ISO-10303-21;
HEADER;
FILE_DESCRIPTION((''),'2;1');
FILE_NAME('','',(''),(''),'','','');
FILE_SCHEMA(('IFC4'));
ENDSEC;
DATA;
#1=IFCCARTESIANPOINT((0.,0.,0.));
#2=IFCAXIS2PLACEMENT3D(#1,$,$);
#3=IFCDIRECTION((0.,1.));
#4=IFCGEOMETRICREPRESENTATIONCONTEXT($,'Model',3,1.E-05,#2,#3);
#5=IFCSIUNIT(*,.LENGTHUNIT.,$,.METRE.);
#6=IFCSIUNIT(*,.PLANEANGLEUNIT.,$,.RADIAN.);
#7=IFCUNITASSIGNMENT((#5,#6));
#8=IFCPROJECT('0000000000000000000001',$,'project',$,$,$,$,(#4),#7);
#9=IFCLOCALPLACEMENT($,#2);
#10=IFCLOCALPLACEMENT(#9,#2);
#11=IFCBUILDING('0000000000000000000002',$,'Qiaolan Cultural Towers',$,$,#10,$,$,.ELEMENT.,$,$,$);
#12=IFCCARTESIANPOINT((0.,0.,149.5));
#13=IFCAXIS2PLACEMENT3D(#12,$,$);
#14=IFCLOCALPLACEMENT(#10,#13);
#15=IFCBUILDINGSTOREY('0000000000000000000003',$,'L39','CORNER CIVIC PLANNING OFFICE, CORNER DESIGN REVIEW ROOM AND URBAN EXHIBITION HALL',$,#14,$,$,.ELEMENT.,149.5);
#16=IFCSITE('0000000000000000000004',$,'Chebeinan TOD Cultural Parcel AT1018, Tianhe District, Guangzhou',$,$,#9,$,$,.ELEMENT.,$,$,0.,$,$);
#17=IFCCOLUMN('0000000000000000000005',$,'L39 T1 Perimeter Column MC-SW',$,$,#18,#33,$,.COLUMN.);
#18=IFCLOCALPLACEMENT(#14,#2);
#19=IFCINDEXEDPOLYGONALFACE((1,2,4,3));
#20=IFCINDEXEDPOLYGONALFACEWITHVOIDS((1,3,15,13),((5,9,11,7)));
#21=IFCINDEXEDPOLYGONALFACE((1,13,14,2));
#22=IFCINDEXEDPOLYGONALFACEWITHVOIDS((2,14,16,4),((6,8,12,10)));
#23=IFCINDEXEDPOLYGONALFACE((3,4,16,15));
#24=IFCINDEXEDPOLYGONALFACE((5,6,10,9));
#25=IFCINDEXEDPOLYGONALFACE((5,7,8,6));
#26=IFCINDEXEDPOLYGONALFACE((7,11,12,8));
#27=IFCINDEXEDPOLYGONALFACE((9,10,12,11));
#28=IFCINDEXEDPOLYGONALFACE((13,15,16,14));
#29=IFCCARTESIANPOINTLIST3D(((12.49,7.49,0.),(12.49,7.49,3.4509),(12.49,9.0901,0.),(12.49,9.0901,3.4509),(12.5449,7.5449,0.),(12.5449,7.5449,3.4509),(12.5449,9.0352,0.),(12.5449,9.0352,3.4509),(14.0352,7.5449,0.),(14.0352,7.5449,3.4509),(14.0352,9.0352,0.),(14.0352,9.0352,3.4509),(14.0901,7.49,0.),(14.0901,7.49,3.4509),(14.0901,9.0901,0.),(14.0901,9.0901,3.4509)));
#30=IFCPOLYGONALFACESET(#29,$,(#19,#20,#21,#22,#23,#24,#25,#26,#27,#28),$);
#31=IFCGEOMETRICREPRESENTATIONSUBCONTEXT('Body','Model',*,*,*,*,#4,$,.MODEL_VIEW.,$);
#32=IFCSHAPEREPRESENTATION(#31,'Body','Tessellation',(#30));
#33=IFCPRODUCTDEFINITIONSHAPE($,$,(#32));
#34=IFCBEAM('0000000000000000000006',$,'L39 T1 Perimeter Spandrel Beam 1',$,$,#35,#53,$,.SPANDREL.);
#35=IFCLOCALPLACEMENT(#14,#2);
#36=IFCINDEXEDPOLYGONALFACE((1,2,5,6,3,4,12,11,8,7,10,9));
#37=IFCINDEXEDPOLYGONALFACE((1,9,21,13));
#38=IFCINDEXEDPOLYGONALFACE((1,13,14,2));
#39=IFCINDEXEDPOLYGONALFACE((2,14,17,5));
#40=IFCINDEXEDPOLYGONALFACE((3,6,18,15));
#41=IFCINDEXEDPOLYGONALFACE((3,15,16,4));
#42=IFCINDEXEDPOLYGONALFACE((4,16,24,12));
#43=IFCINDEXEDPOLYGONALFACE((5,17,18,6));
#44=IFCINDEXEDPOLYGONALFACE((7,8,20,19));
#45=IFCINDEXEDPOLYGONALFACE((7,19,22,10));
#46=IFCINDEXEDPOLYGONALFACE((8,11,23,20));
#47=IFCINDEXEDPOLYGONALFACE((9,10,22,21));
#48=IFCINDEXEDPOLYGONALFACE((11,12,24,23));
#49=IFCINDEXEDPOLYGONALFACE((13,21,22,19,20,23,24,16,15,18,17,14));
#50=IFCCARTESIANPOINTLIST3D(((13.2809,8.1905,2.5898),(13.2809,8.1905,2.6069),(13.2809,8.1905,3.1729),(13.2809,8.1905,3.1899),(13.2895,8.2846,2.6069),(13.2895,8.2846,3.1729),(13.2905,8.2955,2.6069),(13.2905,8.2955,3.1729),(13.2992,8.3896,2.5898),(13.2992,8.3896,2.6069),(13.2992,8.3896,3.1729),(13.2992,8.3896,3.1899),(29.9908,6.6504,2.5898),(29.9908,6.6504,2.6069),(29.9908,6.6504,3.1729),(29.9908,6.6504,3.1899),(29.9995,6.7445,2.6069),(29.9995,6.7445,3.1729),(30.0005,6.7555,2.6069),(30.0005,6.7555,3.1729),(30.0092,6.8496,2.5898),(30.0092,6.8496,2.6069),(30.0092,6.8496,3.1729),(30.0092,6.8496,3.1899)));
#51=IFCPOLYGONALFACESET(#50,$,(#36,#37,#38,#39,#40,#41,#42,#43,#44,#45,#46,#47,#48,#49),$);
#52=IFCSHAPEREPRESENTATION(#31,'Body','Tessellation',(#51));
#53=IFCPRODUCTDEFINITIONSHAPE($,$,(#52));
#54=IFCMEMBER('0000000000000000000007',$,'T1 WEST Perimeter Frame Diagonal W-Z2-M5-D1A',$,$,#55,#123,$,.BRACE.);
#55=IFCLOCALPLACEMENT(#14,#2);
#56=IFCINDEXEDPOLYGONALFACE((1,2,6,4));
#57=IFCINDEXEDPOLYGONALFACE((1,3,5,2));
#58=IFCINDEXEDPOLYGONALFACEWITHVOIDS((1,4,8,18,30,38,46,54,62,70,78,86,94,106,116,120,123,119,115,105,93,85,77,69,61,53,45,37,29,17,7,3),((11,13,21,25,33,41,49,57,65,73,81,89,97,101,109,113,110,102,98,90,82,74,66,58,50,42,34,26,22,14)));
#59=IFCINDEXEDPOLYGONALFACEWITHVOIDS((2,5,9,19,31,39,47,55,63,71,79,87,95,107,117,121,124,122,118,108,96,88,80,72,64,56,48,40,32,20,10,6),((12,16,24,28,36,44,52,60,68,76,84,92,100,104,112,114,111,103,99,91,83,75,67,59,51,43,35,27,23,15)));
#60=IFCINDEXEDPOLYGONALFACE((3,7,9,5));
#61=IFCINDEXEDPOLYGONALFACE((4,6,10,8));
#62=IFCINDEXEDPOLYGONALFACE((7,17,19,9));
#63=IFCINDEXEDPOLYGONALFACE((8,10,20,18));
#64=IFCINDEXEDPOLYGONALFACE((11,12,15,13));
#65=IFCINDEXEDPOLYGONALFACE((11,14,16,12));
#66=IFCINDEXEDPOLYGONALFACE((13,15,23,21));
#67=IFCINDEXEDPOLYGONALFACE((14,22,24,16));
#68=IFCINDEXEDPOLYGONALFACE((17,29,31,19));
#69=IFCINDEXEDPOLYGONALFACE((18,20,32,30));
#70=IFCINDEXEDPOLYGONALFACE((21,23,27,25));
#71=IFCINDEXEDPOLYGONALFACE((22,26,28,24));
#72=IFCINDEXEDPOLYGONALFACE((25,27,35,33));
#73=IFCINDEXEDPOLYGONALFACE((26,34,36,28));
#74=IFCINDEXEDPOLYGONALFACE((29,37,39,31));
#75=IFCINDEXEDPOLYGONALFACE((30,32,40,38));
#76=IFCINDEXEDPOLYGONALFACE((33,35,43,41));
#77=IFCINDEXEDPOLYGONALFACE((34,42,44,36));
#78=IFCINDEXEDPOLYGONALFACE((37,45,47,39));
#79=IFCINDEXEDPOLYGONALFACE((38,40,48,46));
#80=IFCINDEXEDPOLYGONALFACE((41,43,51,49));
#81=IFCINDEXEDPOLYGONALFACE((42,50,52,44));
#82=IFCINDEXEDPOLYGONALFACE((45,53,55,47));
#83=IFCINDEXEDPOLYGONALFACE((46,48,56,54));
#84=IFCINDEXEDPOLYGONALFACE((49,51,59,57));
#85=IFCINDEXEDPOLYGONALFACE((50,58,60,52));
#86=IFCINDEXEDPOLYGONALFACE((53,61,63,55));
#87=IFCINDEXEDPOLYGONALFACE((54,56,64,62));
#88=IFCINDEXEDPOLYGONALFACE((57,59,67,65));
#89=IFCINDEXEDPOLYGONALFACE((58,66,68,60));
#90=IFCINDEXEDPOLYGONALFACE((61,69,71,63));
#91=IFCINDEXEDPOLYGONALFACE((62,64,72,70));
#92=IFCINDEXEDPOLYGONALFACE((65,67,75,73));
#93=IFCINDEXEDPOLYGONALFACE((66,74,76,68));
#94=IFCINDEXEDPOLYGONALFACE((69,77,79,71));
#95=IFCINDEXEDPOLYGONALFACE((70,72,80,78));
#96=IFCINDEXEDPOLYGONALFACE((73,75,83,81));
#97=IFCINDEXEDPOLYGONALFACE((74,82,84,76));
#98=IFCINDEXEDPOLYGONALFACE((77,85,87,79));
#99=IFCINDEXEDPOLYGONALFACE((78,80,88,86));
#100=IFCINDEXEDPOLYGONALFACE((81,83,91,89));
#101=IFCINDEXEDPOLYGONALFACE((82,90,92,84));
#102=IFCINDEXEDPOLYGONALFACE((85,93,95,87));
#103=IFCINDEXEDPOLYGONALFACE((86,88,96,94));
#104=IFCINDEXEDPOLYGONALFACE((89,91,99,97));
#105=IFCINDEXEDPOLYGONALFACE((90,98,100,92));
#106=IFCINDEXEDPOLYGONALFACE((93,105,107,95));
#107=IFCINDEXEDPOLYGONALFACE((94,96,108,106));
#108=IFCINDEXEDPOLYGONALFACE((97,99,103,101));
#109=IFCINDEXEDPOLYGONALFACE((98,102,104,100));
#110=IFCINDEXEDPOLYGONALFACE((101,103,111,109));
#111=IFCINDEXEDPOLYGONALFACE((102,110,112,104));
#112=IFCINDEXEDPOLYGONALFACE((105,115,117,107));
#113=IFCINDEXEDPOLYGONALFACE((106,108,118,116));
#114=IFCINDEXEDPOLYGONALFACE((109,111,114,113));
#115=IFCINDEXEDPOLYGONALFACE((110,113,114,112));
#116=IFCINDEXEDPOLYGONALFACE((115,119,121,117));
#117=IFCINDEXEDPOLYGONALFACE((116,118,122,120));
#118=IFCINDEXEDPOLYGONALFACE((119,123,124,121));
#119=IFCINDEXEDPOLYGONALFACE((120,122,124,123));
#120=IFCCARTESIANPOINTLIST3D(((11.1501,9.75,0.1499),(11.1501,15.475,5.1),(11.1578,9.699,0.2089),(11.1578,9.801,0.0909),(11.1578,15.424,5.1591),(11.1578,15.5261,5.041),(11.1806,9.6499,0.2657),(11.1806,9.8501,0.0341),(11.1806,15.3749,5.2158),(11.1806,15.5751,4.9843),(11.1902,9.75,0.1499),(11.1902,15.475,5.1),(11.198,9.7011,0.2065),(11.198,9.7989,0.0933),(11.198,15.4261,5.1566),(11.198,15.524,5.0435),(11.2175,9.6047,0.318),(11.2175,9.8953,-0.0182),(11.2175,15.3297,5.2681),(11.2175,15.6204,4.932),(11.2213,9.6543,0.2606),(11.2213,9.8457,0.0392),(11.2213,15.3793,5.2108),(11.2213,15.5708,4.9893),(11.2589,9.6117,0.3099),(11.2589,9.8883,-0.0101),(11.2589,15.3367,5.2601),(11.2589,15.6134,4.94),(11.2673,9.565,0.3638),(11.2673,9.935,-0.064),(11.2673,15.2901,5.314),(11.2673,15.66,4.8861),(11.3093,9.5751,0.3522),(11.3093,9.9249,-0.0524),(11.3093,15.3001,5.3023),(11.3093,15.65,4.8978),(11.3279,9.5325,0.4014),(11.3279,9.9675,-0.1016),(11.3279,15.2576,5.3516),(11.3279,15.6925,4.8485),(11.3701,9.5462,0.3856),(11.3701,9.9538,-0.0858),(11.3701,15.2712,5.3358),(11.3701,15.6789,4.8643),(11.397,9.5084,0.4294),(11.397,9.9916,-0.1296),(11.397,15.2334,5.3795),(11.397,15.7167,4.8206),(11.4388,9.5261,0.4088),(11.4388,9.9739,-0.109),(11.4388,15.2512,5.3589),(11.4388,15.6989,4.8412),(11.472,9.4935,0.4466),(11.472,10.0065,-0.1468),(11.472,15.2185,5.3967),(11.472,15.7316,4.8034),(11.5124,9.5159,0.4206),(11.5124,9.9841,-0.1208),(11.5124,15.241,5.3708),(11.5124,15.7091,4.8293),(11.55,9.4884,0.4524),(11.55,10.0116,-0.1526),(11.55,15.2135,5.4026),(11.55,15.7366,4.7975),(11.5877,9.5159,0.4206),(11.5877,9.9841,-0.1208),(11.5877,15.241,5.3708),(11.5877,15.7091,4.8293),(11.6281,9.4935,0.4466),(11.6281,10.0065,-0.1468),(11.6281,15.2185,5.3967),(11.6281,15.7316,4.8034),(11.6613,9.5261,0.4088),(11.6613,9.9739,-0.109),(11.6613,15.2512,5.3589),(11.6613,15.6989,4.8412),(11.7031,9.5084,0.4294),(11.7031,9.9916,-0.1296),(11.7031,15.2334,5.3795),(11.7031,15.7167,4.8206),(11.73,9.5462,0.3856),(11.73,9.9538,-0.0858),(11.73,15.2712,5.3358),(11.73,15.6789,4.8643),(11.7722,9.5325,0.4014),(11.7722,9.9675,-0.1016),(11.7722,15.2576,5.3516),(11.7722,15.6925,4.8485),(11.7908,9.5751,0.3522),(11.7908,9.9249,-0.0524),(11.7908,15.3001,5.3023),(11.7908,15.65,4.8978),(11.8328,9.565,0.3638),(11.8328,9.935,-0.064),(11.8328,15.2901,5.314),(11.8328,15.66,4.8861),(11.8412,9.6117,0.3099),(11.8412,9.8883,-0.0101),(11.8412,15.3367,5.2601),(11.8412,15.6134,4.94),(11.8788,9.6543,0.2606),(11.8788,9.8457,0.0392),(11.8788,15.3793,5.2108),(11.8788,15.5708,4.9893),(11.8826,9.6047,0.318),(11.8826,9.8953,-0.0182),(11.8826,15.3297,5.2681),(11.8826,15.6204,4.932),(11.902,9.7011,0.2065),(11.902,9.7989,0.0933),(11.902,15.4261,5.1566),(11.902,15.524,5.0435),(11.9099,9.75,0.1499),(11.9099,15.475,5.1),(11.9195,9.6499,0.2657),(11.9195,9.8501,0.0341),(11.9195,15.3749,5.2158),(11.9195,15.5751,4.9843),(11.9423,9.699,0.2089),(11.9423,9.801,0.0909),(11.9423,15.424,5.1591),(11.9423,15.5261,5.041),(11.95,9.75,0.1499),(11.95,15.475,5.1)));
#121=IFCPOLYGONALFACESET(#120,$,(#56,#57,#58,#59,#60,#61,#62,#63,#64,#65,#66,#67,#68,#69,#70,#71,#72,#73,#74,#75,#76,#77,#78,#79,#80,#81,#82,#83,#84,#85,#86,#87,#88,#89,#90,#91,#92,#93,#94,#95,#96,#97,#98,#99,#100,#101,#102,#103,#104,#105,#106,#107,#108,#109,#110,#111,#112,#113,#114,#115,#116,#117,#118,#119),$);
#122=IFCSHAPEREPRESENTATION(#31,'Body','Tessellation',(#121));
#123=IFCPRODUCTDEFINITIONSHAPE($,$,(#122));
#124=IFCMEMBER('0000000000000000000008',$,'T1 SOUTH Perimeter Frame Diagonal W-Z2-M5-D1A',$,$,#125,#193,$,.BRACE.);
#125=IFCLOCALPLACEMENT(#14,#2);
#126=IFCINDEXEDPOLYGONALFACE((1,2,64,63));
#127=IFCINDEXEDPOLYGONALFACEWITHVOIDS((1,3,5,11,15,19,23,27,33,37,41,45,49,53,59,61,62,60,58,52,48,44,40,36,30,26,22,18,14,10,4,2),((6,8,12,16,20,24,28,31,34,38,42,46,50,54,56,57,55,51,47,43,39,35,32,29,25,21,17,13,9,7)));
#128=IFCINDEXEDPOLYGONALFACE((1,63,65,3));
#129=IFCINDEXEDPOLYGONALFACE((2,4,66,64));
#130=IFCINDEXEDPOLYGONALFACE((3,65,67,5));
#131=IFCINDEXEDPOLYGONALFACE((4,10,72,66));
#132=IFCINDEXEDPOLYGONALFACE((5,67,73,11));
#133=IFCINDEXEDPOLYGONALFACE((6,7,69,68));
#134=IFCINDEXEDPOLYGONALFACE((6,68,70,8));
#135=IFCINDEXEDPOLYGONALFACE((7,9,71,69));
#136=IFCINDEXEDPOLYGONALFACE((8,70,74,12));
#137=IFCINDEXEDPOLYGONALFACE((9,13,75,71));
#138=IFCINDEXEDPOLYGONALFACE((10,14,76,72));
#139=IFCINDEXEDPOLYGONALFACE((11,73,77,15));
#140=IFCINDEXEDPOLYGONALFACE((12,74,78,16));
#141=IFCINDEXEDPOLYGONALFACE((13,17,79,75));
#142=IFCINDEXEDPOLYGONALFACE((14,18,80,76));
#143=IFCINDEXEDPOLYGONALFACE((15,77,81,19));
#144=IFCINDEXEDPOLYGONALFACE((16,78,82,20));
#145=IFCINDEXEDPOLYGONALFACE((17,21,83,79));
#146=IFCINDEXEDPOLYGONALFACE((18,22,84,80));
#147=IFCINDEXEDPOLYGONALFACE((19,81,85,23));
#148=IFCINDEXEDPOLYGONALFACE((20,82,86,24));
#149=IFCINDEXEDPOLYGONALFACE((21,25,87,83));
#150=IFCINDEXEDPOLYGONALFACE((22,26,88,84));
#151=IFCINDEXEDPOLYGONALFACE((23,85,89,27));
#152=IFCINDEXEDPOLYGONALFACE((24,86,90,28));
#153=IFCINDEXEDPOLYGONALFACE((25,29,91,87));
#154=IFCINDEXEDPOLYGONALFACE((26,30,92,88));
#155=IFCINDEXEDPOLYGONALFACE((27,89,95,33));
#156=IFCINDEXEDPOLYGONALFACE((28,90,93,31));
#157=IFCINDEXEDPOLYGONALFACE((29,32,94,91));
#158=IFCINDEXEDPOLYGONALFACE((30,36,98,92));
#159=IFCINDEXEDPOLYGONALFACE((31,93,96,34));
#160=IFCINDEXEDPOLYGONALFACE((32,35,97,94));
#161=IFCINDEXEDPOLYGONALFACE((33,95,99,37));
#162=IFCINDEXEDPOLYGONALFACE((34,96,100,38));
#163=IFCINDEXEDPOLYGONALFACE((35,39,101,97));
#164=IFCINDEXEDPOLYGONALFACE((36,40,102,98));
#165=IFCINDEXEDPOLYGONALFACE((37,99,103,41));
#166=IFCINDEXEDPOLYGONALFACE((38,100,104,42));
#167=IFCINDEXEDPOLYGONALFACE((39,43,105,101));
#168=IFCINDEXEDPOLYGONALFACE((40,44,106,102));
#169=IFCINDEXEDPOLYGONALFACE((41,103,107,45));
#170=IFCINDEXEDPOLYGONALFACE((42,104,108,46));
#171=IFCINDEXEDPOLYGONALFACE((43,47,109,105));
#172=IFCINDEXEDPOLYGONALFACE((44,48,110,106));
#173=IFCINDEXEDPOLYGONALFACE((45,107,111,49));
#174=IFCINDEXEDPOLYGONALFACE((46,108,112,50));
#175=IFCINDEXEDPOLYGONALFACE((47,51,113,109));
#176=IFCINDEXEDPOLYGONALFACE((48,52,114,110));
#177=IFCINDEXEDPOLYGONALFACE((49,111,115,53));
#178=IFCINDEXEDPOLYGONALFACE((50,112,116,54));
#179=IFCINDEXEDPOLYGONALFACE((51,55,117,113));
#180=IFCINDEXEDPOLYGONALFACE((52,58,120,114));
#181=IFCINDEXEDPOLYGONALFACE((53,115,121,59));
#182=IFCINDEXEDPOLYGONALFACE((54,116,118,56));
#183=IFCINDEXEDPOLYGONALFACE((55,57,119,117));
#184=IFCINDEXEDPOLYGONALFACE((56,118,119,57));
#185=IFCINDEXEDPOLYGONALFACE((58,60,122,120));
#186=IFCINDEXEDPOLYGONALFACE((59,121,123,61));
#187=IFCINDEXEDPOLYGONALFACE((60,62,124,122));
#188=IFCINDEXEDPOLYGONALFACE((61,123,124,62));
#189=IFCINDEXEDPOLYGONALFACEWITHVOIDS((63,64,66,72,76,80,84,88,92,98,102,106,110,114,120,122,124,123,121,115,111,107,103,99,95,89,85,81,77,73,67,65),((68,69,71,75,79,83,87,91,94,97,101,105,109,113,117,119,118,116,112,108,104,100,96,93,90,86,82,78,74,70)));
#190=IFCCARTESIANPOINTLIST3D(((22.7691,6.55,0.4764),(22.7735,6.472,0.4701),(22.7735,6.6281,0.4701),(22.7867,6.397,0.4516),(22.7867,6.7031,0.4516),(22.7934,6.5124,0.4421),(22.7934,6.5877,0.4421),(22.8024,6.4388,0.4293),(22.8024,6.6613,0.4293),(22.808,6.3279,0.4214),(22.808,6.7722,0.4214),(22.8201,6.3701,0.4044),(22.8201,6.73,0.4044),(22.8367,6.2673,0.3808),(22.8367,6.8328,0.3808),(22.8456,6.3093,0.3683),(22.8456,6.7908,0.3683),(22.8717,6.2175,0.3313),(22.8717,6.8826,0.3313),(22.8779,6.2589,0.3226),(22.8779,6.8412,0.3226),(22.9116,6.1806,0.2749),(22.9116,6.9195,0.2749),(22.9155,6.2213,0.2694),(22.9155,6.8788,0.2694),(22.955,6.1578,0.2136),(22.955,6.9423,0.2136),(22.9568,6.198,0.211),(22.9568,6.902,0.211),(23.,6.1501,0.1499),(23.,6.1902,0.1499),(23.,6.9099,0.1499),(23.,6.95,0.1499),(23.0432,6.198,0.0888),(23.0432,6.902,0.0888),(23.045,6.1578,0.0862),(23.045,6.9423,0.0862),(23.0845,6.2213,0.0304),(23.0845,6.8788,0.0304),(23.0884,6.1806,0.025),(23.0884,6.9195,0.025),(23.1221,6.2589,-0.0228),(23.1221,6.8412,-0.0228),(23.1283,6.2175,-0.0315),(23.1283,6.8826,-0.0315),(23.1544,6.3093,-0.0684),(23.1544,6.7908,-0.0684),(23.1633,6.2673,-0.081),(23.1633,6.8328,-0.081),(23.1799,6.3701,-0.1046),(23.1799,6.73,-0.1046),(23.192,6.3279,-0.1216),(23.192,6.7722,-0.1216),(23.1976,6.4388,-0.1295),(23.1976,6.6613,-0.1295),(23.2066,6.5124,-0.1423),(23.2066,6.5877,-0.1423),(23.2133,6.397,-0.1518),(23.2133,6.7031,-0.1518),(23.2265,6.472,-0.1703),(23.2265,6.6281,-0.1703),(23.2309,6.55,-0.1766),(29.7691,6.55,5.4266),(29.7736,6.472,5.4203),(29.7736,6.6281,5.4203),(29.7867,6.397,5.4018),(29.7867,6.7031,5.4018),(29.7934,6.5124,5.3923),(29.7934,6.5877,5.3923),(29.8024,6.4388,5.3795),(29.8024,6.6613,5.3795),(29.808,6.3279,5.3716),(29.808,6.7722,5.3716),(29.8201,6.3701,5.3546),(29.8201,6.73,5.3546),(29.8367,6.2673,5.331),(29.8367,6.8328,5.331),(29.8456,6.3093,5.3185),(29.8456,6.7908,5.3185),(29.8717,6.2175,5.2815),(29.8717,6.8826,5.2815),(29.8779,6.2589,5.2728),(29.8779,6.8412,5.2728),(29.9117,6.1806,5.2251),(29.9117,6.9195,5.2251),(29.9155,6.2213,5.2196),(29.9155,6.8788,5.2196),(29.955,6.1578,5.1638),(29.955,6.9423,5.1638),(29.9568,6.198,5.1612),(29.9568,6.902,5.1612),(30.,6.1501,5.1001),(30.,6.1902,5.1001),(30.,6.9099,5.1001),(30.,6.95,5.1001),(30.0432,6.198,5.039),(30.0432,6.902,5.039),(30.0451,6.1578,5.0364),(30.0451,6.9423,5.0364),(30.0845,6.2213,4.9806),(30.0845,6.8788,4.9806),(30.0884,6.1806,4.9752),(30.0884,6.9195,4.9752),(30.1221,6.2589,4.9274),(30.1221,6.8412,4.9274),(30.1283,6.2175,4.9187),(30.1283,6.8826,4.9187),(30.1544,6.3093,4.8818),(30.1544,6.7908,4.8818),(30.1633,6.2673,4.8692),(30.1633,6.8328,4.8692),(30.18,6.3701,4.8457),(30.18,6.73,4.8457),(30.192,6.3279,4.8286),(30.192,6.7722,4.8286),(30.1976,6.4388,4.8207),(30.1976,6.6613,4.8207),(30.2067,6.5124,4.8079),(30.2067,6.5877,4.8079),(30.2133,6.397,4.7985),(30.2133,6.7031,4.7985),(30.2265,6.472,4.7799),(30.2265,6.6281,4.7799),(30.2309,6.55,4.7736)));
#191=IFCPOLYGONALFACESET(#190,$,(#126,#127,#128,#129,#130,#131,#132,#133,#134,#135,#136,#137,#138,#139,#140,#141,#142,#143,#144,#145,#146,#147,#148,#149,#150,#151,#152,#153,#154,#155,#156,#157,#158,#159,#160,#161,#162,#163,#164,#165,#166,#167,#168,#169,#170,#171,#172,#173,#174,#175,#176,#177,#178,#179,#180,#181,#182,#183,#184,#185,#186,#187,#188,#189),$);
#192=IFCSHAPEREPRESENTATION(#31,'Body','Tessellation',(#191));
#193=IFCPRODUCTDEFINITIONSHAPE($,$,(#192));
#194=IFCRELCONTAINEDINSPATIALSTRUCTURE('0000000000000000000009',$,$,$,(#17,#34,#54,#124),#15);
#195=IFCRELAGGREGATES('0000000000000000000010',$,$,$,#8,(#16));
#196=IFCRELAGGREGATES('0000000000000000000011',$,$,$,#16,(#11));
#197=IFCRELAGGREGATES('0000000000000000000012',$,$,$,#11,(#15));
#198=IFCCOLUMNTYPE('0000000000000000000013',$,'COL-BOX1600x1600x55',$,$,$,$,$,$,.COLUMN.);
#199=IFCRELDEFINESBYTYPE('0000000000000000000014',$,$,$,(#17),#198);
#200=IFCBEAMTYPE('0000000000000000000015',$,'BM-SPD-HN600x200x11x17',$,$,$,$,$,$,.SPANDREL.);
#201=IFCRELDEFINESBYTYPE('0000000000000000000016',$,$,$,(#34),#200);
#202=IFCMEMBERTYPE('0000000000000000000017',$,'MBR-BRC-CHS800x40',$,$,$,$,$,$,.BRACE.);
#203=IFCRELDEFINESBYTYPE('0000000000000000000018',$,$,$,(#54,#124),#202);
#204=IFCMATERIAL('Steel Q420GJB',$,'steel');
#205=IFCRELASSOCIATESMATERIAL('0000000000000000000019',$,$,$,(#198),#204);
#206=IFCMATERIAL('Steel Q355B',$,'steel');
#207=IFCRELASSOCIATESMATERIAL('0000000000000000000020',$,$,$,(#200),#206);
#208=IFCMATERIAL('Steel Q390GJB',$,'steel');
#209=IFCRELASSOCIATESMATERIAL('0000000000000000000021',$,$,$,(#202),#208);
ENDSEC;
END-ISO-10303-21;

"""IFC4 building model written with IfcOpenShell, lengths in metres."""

from ifc_helpers import new_model, si_unit, direction, frame, origin, origin_2d, place, context, subcontext, project, spatial, hollow_rectangle, hollow_circle, i_section, extrude, material, material_profile, profile_set, type_object, element, save


model = new_model("IFC4")

# Units and contexts
model_context = context("Model", 3, precision=1e-05, world=origin(), true_north=direction((0.0, 1.0)))
body_context = subcontext(model_context, "Body", "Model", "MODEL_VIEW")
ifc_project = project(units=[si_unit("LENGTHUNIT", "METRE"), si_unit("PLANEANGLEUNIT", "RADIAN")], contexts=[model_context])

# Site, building, storey
site_placement = place(None, origin())
site = spatial("IfcSite", under=ifc_project, at=site_placement, Name="Chebeinan TOD Cultural Parcel AT1018, Tianhe District, Guangzhou", CompositionType="ELEMENT", RefElevation=0.0)
building_placement = place(site_placement, origin())
building = spatial("IfcBuilding", under=site, at=building_placement, Name="Qiaolan Cultural Towers", CompositionType="ELEMENT")
storey_placement = place(building_placement, frame((0.0, 0.0, 149.5)))
storey = spatial("IfcBuildingStorey", under=building, at=storey_placement, Name="L39", Description="CORNER CIVIC PLANNING OFFICE, CORNER DESIGN REVIEW ROOM AND URBAN EXHIBITION HALL", CompositionType="ELEMENT", Elevation=149.5)

# Column
ifc_material_1 = material(Name="Steel Q420GJB", Category="steel")
ifc_material_profile_1 = material_profile(ifc_material_1, hollow_rectangle(XDim=1.6001, YDim=1.6001, WallThickness=0.0549, at=origin_2d()), Name="BOX1600x1600x55")
ifc_profile_set_1 = profile_set([ifc_material_profile_1], Name="Steel Q420GJB")
column_type = type_object("IfcColumnType", Name="COL-BOX1600x1600x55", PredefinedType="COLUMN", material=ifc_profile_set_1)
column_placement = place(storey_placement, frame((13.29, 8.29, 0.0), z_axis=(0.0, 0.0, 1.0), x_axis=(1.0, 0.0, 0.0)))
element("IfcColumn", 1, at=column_placement, inside=storey, type_object=column_type, Name="L39 T1 Perimeter Column MC-SW", PredefinedType="COLUMN", context=body_context, shape_type="SweptSolid", body=[
    extrude(hollow_rectangle(XDim=1.6001, YDim=1.6001, WallThickness=0.0549, at=origin_2d()), origin(), (0.0, 0.0, 1.0), 3.4509),
])

# Beam
ifc_material_2 = material(Name="Steel Q355B", Category="steel")
ifc_material_profile_2 = material_profile(ifc_material_2, i_section(OverallWidth=0.2, OverallDepth=0.6001, WebThickness=0.011, FlangeThickness=0.0171, at=origin_2d()), Name="HN600x200x11x17")
ifc_profile_set_2 = profile_set([ifc_material_profile_2], Name="Steel Q355B")
beam_type = type_object("IfcBeamType", Name="BM-SPD-HN600x200x11x17", PredefinedType="SPANDREL", material=ifc_profile_set_2)
beam_placement = place(storey_placement, frame((13.29, 8.29, 2.8899), z_axis=(0.99578, -0.091774, 0.0), x_axis=(0.091774, 0.99578, 0.0)))
element("IfcBeam", 2, at=beam_placement, inside=storey, type_object=beam_type, Name="L39 T1 Perimeter Spandrel Beam 1", PredefinedType="SPANDREL", context=body_context, shape_type="SweptSolid", body=[
    extrude(i_section(OverallWidth=0.2, OverallDepth=0.6001, WebThickness=0.011, FlangeThickness=0.0171, at=origin_2d()), origin(), (0.0, 0.0, 1.0), 16.7808),
])

# Members
ifc_material_3 = material(Name="Steel Q390GJB", Category="steel")
ifc_material_profile_3 = material_profile(ifc_material_3, hollow_circle(Radius=0.3999, WallThickness=0.04, at=origin_2d()), Name="CHS800x40")
ifc_profile_set_3 = profile_set([ifc_material_profile_3], Name="Steel Q390GJB")
member_type = type_object("IfcMemberType", Name="MBR-BRC-CHS800x40", PredefinedType="BRACE", material=ifc_profile_set_3)
member_1_placement = place(storey_placement, frame((11.55, 9.75, 0.1499), z_axis=(0.0, 0.756444, 0.654058), x_axis=(-1.0, 0.0, 0.0)))
element("IfcMember", 3, at=member_1_placement, inside=storey, type_object=member_type, Name="T1 WEST Perimeter Frame Diagonal W-Z2-M5-D1A", PredefinedType="BRACE", context=body_context, shape_type="SweptSolid", body=[
    extrude(hollow_circle(Radius=0.3999, WallThickness=0.04, at=origin_2d()), origin(), (0.0, 0.0, 1.0), 7.5684),
])
member_2_placement = place(storey_placement, frame((23.0, 6.55, 0.1499), z_axis=(0.816472, 0.0, 0.577385), x_axis=(0.0, 1.0, 0.0)))
element("IfcMember", 4, at=member_2_placement, inside=storey, type_object=member_type, Name="T1 SOUTH Perimeter Frame Diagonal W-Z2-M5-D1A", PredefinedType="BRACE", context=body_context, shape_type="SweptSolid", body=[
    extrude(hollow_circle(Radius=0.3999, WallThickness=0.04, at=origin_2d()), origin(), (0.0, 0.0, 1.0), 8.5735),
])

save(model, "model.ifc")
